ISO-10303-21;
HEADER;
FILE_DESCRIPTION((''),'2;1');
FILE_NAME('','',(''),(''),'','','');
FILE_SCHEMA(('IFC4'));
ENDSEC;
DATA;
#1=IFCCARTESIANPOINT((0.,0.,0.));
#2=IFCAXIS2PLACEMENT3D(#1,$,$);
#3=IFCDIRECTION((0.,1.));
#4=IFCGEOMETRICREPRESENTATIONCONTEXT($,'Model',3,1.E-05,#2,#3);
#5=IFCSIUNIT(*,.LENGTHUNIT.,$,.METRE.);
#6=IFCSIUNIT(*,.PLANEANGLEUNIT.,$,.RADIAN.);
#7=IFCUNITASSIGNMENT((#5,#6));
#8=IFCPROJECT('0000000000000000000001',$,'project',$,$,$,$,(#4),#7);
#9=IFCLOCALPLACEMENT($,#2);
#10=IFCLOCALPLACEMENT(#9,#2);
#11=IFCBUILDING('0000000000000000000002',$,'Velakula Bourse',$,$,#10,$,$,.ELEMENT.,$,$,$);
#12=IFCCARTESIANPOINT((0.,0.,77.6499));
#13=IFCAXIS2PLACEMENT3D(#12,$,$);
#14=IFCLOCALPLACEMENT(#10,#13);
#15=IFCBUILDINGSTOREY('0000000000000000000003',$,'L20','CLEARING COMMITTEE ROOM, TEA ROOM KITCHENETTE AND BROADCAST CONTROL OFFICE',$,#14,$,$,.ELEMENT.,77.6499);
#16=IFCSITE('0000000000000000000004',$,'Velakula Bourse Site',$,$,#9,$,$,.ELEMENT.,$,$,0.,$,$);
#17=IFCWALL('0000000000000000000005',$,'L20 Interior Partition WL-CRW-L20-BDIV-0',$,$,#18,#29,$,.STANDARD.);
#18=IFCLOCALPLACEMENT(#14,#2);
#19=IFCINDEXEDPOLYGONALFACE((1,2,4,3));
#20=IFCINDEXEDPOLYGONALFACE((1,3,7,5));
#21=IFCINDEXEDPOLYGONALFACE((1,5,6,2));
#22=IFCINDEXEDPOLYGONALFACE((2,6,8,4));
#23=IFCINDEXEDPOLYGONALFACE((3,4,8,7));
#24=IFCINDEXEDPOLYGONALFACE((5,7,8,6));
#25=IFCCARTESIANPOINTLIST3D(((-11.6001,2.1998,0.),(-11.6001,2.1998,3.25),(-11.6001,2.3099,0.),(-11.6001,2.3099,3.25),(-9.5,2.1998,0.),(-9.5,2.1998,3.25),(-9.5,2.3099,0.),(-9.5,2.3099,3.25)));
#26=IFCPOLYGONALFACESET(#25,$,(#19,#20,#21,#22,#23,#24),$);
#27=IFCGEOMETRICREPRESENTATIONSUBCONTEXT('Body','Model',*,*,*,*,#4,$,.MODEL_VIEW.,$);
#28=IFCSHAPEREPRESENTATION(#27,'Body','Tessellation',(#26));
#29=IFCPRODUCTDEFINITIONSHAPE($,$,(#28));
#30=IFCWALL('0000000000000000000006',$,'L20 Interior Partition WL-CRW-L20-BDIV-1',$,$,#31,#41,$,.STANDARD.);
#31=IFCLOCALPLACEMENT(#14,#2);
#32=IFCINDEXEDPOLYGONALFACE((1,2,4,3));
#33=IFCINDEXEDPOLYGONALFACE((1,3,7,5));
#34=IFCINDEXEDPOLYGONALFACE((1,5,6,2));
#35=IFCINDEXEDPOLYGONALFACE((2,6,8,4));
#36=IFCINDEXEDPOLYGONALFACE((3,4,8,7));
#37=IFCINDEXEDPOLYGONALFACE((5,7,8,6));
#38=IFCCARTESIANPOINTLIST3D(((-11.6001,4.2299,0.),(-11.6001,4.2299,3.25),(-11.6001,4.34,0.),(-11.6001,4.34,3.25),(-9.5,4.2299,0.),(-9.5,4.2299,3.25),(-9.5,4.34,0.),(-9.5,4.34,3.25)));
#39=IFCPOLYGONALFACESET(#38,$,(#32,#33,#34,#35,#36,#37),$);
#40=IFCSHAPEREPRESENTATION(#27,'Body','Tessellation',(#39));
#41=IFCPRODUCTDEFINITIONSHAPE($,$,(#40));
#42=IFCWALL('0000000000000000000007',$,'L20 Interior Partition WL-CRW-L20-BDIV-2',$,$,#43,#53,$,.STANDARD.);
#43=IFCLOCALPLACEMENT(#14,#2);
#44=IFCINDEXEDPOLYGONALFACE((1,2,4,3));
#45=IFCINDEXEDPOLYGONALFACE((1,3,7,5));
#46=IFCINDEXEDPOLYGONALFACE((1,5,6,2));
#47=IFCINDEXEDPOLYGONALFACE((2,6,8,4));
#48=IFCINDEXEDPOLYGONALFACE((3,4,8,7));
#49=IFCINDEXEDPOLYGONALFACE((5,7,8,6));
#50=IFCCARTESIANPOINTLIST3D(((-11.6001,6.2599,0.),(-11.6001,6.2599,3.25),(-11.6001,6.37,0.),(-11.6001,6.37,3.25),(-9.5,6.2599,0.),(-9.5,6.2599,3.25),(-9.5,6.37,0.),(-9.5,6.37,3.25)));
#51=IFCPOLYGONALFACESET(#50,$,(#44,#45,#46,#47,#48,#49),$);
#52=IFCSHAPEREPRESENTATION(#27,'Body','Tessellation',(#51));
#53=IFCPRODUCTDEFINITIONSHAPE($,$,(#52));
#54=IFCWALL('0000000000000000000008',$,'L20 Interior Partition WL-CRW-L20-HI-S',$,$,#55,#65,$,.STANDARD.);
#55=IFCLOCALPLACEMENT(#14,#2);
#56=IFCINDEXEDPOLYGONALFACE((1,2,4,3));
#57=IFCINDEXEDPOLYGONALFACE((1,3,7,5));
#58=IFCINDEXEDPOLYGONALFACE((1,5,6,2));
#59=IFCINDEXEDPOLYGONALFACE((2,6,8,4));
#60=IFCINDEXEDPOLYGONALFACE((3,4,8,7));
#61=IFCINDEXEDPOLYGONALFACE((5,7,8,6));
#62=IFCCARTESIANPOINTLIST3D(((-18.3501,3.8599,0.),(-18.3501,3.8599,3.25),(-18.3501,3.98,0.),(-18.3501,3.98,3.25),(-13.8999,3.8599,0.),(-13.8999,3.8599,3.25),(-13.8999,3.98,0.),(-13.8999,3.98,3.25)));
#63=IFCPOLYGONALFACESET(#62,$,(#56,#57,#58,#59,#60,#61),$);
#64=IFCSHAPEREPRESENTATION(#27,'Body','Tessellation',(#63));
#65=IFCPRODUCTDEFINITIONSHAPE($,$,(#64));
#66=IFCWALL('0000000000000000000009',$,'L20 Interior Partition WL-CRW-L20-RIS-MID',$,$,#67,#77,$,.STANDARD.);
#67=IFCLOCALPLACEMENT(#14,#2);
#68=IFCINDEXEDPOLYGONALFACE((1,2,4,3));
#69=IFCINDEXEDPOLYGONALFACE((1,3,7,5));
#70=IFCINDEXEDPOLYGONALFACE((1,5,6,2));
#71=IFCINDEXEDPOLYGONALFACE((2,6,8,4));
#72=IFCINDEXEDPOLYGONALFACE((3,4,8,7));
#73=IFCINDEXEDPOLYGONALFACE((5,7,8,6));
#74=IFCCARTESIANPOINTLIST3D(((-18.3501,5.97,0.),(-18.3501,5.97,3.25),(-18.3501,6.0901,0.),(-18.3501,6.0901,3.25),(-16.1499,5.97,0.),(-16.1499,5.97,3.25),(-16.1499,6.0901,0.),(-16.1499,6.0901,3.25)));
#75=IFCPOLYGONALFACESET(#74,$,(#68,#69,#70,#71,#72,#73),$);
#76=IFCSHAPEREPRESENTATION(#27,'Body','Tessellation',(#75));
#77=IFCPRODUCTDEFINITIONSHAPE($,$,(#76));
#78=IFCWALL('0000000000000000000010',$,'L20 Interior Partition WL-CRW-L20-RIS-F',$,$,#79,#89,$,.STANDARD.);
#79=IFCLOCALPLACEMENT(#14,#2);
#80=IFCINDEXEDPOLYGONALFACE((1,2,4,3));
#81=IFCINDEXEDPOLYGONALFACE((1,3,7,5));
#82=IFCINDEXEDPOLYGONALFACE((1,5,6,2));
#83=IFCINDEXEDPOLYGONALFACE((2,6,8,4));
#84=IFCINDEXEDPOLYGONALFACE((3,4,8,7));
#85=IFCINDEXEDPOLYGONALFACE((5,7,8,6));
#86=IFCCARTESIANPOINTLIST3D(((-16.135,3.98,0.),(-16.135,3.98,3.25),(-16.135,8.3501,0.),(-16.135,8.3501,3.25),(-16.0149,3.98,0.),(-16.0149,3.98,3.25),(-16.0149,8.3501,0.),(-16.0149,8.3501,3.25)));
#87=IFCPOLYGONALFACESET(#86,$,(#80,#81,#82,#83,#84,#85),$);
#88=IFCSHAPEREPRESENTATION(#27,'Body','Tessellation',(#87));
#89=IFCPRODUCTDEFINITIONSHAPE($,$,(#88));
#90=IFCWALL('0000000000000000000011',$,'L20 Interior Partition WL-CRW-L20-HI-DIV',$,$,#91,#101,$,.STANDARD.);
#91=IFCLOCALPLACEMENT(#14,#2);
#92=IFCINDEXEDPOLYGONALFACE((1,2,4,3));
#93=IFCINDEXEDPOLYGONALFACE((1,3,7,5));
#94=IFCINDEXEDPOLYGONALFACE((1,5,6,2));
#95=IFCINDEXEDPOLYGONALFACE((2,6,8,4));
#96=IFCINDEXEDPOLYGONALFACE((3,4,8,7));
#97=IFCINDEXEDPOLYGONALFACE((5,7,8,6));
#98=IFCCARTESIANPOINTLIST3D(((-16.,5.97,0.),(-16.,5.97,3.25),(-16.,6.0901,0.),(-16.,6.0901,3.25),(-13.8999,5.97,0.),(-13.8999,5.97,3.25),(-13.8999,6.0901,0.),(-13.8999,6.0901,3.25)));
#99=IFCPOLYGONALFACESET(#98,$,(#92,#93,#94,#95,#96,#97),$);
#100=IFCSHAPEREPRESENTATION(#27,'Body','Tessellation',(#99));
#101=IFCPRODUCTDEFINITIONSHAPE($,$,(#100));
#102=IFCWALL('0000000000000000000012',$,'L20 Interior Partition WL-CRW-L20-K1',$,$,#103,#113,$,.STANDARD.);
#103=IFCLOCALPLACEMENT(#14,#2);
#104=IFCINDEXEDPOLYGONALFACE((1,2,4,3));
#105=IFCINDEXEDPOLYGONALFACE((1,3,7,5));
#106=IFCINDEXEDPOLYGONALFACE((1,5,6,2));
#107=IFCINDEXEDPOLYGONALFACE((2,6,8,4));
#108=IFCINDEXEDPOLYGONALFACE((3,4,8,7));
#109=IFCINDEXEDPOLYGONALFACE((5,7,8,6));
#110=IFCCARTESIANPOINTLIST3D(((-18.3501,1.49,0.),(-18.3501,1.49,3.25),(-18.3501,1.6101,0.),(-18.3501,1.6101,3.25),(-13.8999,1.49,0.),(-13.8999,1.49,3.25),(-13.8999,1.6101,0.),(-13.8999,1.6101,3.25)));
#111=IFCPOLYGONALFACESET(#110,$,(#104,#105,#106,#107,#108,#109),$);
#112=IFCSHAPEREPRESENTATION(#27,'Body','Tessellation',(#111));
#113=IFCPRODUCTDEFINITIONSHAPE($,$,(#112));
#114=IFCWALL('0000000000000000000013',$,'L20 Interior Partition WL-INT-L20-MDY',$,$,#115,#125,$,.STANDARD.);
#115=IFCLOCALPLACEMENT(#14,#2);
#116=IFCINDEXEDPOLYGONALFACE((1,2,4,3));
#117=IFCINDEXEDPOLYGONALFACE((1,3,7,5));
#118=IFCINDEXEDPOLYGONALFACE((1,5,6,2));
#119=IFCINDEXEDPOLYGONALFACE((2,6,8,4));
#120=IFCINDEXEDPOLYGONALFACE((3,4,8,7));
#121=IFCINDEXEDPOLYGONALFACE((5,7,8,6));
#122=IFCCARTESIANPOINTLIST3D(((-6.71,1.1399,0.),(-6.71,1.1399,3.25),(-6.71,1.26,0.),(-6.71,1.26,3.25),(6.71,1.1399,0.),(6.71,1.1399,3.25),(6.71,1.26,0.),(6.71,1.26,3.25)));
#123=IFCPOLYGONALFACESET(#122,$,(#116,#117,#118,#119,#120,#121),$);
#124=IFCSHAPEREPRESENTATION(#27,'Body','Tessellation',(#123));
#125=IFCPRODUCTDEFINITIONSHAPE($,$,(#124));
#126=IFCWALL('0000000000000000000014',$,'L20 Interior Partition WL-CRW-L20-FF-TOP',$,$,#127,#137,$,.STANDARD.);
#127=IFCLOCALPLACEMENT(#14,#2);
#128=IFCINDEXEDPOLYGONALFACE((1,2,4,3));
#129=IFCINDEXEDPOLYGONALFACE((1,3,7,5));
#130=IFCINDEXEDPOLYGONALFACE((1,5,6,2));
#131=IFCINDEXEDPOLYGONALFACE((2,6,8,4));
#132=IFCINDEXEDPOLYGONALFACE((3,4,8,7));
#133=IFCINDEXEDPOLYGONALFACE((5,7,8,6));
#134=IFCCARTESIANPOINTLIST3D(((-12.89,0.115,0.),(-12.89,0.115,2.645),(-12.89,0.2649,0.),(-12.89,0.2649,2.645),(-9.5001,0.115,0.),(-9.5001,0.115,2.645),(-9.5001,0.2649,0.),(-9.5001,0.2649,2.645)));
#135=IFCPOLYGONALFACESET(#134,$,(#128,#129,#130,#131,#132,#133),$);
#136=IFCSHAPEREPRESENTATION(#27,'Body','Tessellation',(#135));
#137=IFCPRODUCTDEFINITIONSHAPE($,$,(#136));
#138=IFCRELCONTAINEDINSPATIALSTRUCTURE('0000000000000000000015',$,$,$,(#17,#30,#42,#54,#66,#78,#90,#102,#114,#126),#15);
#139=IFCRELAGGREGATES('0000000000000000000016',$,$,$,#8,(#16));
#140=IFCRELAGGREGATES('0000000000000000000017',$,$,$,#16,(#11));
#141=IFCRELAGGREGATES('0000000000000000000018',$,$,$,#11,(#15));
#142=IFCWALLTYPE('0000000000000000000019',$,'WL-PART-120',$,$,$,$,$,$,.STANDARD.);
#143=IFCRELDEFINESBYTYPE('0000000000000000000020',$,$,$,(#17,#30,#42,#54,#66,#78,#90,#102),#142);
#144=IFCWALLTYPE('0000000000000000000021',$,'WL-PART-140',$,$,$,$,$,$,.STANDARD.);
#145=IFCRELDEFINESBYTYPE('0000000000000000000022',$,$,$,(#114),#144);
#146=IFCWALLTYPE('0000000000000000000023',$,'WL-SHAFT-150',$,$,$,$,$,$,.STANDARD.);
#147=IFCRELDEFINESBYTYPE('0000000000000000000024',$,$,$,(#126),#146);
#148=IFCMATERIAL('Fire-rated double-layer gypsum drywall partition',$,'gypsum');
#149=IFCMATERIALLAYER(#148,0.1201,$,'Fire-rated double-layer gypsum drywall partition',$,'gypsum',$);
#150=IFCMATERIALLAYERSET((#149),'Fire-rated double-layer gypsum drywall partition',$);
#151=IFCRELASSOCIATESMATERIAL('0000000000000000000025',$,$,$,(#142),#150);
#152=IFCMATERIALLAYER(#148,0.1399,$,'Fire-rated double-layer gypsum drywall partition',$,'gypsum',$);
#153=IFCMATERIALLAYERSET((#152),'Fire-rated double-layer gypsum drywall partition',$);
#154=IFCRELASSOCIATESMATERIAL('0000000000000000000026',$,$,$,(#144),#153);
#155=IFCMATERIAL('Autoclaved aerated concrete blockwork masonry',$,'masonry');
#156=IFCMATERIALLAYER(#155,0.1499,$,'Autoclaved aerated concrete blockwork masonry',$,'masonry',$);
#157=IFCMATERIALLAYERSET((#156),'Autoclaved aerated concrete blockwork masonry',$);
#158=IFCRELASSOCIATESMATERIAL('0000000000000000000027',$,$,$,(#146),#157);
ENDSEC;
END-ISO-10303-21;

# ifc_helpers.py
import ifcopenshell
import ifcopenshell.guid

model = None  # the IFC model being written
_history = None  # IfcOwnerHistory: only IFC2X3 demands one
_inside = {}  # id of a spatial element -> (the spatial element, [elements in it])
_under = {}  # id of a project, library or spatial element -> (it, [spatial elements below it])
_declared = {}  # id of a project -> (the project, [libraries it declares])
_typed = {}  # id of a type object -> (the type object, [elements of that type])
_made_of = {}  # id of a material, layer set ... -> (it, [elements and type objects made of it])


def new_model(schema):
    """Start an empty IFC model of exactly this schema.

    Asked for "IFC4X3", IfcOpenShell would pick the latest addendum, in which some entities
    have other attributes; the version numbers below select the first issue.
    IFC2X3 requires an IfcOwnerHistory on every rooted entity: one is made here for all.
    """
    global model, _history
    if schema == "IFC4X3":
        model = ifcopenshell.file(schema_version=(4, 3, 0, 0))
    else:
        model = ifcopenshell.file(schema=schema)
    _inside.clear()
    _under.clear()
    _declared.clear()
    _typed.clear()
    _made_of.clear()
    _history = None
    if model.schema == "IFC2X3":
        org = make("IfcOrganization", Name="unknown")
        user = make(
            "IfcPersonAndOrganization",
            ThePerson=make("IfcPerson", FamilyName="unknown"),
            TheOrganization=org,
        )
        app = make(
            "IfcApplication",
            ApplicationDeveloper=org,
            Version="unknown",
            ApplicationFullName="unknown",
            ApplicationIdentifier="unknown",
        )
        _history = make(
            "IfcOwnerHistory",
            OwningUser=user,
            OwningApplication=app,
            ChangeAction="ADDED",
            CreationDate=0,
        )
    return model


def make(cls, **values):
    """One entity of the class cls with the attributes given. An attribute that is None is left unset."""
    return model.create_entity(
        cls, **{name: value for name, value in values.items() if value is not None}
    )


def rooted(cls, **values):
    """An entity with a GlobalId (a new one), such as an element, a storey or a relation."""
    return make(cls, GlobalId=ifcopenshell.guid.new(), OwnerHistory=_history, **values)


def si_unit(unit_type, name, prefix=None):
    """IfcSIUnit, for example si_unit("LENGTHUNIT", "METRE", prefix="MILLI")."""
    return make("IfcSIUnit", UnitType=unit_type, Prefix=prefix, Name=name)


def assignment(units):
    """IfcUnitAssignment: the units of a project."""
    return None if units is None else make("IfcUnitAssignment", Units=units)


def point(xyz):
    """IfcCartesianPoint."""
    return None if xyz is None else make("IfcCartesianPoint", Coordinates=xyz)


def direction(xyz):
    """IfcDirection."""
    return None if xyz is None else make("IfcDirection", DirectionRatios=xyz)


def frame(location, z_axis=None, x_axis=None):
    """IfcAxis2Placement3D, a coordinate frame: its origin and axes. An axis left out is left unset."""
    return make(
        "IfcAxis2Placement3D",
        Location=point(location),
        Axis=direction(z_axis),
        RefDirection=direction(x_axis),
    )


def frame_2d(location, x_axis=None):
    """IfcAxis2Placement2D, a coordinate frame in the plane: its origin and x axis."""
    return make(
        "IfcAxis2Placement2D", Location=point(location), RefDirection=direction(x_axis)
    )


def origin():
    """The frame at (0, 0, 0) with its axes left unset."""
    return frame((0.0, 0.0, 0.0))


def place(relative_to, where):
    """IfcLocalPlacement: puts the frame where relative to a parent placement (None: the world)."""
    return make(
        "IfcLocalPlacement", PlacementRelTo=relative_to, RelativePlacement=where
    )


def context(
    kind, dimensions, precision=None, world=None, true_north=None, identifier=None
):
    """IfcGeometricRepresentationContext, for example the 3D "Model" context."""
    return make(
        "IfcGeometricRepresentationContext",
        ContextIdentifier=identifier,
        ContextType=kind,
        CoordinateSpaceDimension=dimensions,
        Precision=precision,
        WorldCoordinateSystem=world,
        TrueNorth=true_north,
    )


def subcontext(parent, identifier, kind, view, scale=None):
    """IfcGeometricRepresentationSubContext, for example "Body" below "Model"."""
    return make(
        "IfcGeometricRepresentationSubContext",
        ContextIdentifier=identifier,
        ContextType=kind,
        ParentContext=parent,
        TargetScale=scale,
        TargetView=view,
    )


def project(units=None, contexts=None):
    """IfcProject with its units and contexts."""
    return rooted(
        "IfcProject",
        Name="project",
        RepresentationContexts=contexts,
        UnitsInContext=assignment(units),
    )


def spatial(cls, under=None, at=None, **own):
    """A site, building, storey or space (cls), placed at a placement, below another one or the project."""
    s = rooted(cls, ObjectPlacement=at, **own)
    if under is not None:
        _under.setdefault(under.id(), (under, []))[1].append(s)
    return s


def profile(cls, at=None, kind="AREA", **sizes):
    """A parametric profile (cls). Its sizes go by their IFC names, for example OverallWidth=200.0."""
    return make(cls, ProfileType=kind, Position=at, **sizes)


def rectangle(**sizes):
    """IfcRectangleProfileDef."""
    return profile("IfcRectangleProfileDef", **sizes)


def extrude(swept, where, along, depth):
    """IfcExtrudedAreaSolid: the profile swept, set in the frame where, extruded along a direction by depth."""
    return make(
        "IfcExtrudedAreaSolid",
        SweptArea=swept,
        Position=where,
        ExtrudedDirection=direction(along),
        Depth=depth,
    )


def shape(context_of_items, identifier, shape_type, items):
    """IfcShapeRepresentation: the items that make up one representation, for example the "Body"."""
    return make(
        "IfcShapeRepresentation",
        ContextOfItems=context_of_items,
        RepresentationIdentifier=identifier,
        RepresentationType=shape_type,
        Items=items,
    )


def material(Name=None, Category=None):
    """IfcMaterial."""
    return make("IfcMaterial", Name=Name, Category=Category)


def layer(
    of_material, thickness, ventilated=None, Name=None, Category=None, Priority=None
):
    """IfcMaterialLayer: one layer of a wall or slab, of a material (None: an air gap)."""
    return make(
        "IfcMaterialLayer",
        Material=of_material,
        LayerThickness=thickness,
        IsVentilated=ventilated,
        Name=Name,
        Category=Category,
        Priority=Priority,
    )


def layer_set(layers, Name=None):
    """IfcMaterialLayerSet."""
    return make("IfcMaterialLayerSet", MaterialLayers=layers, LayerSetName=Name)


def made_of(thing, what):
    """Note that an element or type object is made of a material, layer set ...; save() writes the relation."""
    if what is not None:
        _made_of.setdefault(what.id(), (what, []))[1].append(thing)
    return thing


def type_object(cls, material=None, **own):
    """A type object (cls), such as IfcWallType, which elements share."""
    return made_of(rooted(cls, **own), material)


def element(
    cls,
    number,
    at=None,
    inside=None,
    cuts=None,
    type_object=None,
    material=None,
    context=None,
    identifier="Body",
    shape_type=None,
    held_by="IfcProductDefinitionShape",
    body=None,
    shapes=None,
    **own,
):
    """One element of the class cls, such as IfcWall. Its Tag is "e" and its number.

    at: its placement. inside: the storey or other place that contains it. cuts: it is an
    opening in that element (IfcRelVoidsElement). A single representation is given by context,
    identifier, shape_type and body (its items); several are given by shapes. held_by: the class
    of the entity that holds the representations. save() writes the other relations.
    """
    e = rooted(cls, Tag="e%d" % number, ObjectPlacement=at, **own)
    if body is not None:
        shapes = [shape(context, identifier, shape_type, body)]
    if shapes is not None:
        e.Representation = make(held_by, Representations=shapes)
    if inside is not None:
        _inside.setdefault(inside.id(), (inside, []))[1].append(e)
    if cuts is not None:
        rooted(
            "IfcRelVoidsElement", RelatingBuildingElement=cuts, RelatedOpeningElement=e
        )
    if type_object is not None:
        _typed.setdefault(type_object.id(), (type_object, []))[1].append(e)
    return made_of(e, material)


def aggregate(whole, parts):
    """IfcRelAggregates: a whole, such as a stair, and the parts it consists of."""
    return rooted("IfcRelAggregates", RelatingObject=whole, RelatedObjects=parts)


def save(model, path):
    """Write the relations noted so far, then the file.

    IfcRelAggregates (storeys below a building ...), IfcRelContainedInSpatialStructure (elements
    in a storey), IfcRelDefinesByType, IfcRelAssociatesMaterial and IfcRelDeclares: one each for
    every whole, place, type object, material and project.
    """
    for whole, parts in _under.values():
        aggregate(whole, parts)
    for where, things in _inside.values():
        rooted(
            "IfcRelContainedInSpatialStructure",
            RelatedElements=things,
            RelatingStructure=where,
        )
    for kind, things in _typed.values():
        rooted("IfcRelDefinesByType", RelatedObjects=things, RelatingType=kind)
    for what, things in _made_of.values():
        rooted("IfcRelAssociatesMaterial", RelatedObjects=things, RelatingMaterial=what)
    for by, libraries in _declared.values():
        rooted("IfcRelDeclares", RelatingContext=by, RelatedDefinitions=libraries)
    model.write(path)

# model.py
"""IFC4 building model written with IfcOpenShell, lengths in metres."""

from ifc_helpers import new_model, si_unit, direction, frame, frame_2d, origin, place, context, subcontext, project, spatial, rectangle, extrude, material, layer, layer_set, type_object, element, save


model = new_model("IFC4")

# Units and contexts
model_context = context("Model", 3, precision=1e-05, world=origin(), true_north=direction((0.0, 1.0)))
body_context = subcontext(model_context, "Body", "Model", "MODEL_VIEW")
ifc_project = project(units=[si_unit("LENGTHUNIT", "METRE"), si_unit("PLANEANGLEUNIT", "RADIAN")], contexts=[model_context])

# Site, building, storey
site_placement = place(None, origin())
site = spatial("IfcSite", under=ifc_project, at=site_placement, Name="Velakula Bourse Site", CompositionType="ELEMENT", RefElevation=0.0)
building_placement = place(site_placement, origin())
building = spatial("IfcBuilding", under=site, at=building_placement, Name="Velakula Bourse", CompositionType="ELEMENT")
storey_placement = place(building_placement, frame((0.0, 0.0, 77.6499)))
storey = spatial("IfcBuildingStorey", under=building, at=storey_placement, Name="L20", Description="CLEARING COMMITTEE ROOM, TEA ROOM KITCHENETTE AND BROADCAST CONTROL OFFICE", CompositionType="ELEMENT", Elevation=77.6499)

# Walls
ifc_material_1 = material(Name="Fire-rated double-layer gypsum drywall partition", Category="gypsum")
ifc_layer_1 = layer(ifc_material_1, 0.1201, Name="Fire-rated double-layer gypsum drywall partition", Category="gypsum")
ifc_layer_set_1 = layer_set([ifc_layer_1], Name="Fire-rated double-layer gypsum drywall partition")
wall_type_1 = type_object("IfcWallType", Name="WL-PART-120", PredefinedType="STANDARD", material=ifc_layer_set_1)
for number, where, z_axis, x_axis, name in (
    (1, (-11.6001, 2.2549, 0.0), (0.0, 0.0, 1.0), (1.0, 0.0, 0.0), "L20 Interior Partition WL-CRW-L20-BDIV-0"),
    (2, (-11.6001, 4.2849, 0.0), (0.0, 0.0, 1.0), (1.0, 0.0, 0.0), "L20 Interior Partition WL-CRW-L20-BDIV-1"),
    (3, (-11.6001, 6.3149, 0.0), (0.0, 0.0, 1.0), (1.0, 0.0, 0.0), "L20 Interior Partition WL-CRW-L20-BDIV-2"),
):
    element("IfcWall", number, at=place(storey_placement, frame(where, z_axis=z_axis, x_axis=x_axis)), inside=storey, type_object=wall_type_1, Name=name, PredefinedType="STANDARD", context=body_context, shape_type="SweptSolid", body=[
        extrude(rectangle(XDim=2.1001, YDim=0.1101, at=frame_2d((1.05, 0.0))), origin(), (0.0, 0.0, 1.0), 3.25),
    ])
wall_1_placement = place(storey_placement, frame((-18.3501, 3.9199, 0.0), z_axis=(0.0, 0.0, 1.0), x_axis=(1.0, 0.0, 0.0)))
element("IfcWall", 4, at=wall_1_placement, inside=storey, type_object=wall_type_1, Name="L20 Interior Partition WL-CRW-L20-HI-S", PredefinedType="STANDARD", context=body_context, shape_type="SweptSolid", body=[
    extrude(rectangle(XDim=4.4502, YDim=0.1201, at=frame_2d((2.2251, 0.0))), origin(), (0.0, 0.0, 1.0), 3.25),
])
wall_2_placement = place(storey_placement, frame((-18.3501, 6.03, 0.0), z_axis=(0.0, 0.0, 1.0), x_axis=(1.0, 0.0, 0.0)))
element("IfcWall", 5, at=wall_2_placement, inside=storey, type_object=wall_type_1, Name="L20 Interior Partition WL-CRW-L20-RIS-MID", PredefinedType="STANDARD", context=body_context, shape_type="SweptSolid", body=[
    extrude(rectangle(XDim=2.2002, YDim=0.1201, at=frame_2d((1.1001, 0.0))), origin(), (0.0, 0.0, 1.0), 3.25),
])
wall_3_placement = place(storey_placement, frame((-16.075, 3.98, 0.0), z_axis=(0.0, 0.0, 1.0), x_axis=(0.0, 1.0, 0.0)))
element("IfcWall", 6, at=wall_3_placement, inside=storey, type_object=wall_type_1, Name="L20 Interior Partition WL-CRW-L20-RIS-F", PredefinedType="STANDARD", context=body_context, shape_type="SweptSolid", body=[
    extrude(rectangle(XDim=4.3701, YDim=0.1201, at=frame_2d((2.1851, 0.0))), origin(), (0.0, 0.0, 1.0), 3.25),
])
wall_4_placement = place(storey_placement, frame((-16.0, 6.03, 0.0), z_axis=(0.0, 0.0, 1.0), x_axis=(1.0, 0.0, 0.0)))
element("IfcWall", 7, at=wall_4_placement, inside=storey, type_object=wall_type_1, Name="L20 Interior Partition WL-CRW-L20-HI-DIV", PredefinedType="STANDARD", context=body_context, shape_type="SweptSolid", body=[
    extrude(rectangle(XDim=2.1001, YDim=0.1201, at=frame_2d((1.05, 0.0))), origin(), (0.0, 0.0, 1.0), 3.25),
])
wall_5_placement = place(storey_placement, frame((-18.3501, 1.55, 0.0), z_axis=(0.0, 0.0, 1.0), x_axis=(1.0, 0.0, 0.0)))
element("IfcWall", 8, at=wall_5_placement, inside=storey, type_object=wall_type_1, Name="L20 Interior Partition WL-CRW-L20-K1", PredefinedType="STANDARD", context=body_context, shape_type="SweptSolid", body=[
    extrude(rectangle(XDim=4.4502, YDim=0.1201, at=frame_2d((2.2251, 0.0))), origin(), (0.0, 0.0, 1.0), 3.25),
])
ifc_layer_2 = layer(ifc_material_1, 0.1399, Name="Fire-rated double-layer gypsum drywall partition", Category="gypsum")
ifc_layer_set_2 = layer_set([ifc_layer_2], Name="Fire-rated double-layer gypsum drywall partition")
wall_type_2 = type_object("IfcWallType", Name="WL-PART-140", PredefinedType="STANDARD", material=ifc_layer_set_2)
wall_6_placement = place(storey_placement, frame((-6.71, 1.2, 0.0), z_axis=(0.0, 0.0, 1.0), x_axis=(1.0, 0.0, 0.0)))
element("IfcWall", 9, at=wall_6_placement, inside=storey, type_object=wall_type_2, Name="L20 Interior Partition WL-INT-L20-MDY", PredefinedType="STANDARD", context=body_context, shape_type="SweptSolid", body=[
    extrude(rectangle(XDim=13.4199, YDim=0.1201, at=frame_2d((6.71, 0.0))), origin(), (0.0, 0.0, 1.0), 3.25),
])
ifc_material_2 = material(Name="Autoclaved aerated concrete blockwork masonry", Category="masonry")
ifc_layer_3 = layer(ifc_material_2, 0.1499, Name="Autoclaved aerated concrete blockwork masonry", Category="masonry")
ifc_layer_set_3 = layer_set([ifc_layer_3], Name="Autoclaved aerated concrete blockwork masonry")
wall_type_3 = type_object("IfcWallType", Name="WL-SHAFT-150", PredefinedType="STANDARD", material=ifc_layer_set_3)
wall_7_placement = place(storey_placement, frame((-12.8899, 0.1899, 0.0), z_axis=(0.0, 0.0, 1.0), x_axis=(1.0, 0.0, 0.0)))
element("IfcWall", 10, at=wall_7_placement, inside=storey, type_object=wall_type_3, Name="L20 Interior Partition WL-CRW-L20-FF-TOP", PredefinedType="STANDARD", context=body_context, shape_type="SweptSolid", body=[
    extrude(rectangle(XDim=3.3899, YDim=0.1499, at=frame_2d((1.6948, 0.0))), origin(), (0.0, 0.0, 1.0), 2.645),
])

save(model, "model.ifc")
